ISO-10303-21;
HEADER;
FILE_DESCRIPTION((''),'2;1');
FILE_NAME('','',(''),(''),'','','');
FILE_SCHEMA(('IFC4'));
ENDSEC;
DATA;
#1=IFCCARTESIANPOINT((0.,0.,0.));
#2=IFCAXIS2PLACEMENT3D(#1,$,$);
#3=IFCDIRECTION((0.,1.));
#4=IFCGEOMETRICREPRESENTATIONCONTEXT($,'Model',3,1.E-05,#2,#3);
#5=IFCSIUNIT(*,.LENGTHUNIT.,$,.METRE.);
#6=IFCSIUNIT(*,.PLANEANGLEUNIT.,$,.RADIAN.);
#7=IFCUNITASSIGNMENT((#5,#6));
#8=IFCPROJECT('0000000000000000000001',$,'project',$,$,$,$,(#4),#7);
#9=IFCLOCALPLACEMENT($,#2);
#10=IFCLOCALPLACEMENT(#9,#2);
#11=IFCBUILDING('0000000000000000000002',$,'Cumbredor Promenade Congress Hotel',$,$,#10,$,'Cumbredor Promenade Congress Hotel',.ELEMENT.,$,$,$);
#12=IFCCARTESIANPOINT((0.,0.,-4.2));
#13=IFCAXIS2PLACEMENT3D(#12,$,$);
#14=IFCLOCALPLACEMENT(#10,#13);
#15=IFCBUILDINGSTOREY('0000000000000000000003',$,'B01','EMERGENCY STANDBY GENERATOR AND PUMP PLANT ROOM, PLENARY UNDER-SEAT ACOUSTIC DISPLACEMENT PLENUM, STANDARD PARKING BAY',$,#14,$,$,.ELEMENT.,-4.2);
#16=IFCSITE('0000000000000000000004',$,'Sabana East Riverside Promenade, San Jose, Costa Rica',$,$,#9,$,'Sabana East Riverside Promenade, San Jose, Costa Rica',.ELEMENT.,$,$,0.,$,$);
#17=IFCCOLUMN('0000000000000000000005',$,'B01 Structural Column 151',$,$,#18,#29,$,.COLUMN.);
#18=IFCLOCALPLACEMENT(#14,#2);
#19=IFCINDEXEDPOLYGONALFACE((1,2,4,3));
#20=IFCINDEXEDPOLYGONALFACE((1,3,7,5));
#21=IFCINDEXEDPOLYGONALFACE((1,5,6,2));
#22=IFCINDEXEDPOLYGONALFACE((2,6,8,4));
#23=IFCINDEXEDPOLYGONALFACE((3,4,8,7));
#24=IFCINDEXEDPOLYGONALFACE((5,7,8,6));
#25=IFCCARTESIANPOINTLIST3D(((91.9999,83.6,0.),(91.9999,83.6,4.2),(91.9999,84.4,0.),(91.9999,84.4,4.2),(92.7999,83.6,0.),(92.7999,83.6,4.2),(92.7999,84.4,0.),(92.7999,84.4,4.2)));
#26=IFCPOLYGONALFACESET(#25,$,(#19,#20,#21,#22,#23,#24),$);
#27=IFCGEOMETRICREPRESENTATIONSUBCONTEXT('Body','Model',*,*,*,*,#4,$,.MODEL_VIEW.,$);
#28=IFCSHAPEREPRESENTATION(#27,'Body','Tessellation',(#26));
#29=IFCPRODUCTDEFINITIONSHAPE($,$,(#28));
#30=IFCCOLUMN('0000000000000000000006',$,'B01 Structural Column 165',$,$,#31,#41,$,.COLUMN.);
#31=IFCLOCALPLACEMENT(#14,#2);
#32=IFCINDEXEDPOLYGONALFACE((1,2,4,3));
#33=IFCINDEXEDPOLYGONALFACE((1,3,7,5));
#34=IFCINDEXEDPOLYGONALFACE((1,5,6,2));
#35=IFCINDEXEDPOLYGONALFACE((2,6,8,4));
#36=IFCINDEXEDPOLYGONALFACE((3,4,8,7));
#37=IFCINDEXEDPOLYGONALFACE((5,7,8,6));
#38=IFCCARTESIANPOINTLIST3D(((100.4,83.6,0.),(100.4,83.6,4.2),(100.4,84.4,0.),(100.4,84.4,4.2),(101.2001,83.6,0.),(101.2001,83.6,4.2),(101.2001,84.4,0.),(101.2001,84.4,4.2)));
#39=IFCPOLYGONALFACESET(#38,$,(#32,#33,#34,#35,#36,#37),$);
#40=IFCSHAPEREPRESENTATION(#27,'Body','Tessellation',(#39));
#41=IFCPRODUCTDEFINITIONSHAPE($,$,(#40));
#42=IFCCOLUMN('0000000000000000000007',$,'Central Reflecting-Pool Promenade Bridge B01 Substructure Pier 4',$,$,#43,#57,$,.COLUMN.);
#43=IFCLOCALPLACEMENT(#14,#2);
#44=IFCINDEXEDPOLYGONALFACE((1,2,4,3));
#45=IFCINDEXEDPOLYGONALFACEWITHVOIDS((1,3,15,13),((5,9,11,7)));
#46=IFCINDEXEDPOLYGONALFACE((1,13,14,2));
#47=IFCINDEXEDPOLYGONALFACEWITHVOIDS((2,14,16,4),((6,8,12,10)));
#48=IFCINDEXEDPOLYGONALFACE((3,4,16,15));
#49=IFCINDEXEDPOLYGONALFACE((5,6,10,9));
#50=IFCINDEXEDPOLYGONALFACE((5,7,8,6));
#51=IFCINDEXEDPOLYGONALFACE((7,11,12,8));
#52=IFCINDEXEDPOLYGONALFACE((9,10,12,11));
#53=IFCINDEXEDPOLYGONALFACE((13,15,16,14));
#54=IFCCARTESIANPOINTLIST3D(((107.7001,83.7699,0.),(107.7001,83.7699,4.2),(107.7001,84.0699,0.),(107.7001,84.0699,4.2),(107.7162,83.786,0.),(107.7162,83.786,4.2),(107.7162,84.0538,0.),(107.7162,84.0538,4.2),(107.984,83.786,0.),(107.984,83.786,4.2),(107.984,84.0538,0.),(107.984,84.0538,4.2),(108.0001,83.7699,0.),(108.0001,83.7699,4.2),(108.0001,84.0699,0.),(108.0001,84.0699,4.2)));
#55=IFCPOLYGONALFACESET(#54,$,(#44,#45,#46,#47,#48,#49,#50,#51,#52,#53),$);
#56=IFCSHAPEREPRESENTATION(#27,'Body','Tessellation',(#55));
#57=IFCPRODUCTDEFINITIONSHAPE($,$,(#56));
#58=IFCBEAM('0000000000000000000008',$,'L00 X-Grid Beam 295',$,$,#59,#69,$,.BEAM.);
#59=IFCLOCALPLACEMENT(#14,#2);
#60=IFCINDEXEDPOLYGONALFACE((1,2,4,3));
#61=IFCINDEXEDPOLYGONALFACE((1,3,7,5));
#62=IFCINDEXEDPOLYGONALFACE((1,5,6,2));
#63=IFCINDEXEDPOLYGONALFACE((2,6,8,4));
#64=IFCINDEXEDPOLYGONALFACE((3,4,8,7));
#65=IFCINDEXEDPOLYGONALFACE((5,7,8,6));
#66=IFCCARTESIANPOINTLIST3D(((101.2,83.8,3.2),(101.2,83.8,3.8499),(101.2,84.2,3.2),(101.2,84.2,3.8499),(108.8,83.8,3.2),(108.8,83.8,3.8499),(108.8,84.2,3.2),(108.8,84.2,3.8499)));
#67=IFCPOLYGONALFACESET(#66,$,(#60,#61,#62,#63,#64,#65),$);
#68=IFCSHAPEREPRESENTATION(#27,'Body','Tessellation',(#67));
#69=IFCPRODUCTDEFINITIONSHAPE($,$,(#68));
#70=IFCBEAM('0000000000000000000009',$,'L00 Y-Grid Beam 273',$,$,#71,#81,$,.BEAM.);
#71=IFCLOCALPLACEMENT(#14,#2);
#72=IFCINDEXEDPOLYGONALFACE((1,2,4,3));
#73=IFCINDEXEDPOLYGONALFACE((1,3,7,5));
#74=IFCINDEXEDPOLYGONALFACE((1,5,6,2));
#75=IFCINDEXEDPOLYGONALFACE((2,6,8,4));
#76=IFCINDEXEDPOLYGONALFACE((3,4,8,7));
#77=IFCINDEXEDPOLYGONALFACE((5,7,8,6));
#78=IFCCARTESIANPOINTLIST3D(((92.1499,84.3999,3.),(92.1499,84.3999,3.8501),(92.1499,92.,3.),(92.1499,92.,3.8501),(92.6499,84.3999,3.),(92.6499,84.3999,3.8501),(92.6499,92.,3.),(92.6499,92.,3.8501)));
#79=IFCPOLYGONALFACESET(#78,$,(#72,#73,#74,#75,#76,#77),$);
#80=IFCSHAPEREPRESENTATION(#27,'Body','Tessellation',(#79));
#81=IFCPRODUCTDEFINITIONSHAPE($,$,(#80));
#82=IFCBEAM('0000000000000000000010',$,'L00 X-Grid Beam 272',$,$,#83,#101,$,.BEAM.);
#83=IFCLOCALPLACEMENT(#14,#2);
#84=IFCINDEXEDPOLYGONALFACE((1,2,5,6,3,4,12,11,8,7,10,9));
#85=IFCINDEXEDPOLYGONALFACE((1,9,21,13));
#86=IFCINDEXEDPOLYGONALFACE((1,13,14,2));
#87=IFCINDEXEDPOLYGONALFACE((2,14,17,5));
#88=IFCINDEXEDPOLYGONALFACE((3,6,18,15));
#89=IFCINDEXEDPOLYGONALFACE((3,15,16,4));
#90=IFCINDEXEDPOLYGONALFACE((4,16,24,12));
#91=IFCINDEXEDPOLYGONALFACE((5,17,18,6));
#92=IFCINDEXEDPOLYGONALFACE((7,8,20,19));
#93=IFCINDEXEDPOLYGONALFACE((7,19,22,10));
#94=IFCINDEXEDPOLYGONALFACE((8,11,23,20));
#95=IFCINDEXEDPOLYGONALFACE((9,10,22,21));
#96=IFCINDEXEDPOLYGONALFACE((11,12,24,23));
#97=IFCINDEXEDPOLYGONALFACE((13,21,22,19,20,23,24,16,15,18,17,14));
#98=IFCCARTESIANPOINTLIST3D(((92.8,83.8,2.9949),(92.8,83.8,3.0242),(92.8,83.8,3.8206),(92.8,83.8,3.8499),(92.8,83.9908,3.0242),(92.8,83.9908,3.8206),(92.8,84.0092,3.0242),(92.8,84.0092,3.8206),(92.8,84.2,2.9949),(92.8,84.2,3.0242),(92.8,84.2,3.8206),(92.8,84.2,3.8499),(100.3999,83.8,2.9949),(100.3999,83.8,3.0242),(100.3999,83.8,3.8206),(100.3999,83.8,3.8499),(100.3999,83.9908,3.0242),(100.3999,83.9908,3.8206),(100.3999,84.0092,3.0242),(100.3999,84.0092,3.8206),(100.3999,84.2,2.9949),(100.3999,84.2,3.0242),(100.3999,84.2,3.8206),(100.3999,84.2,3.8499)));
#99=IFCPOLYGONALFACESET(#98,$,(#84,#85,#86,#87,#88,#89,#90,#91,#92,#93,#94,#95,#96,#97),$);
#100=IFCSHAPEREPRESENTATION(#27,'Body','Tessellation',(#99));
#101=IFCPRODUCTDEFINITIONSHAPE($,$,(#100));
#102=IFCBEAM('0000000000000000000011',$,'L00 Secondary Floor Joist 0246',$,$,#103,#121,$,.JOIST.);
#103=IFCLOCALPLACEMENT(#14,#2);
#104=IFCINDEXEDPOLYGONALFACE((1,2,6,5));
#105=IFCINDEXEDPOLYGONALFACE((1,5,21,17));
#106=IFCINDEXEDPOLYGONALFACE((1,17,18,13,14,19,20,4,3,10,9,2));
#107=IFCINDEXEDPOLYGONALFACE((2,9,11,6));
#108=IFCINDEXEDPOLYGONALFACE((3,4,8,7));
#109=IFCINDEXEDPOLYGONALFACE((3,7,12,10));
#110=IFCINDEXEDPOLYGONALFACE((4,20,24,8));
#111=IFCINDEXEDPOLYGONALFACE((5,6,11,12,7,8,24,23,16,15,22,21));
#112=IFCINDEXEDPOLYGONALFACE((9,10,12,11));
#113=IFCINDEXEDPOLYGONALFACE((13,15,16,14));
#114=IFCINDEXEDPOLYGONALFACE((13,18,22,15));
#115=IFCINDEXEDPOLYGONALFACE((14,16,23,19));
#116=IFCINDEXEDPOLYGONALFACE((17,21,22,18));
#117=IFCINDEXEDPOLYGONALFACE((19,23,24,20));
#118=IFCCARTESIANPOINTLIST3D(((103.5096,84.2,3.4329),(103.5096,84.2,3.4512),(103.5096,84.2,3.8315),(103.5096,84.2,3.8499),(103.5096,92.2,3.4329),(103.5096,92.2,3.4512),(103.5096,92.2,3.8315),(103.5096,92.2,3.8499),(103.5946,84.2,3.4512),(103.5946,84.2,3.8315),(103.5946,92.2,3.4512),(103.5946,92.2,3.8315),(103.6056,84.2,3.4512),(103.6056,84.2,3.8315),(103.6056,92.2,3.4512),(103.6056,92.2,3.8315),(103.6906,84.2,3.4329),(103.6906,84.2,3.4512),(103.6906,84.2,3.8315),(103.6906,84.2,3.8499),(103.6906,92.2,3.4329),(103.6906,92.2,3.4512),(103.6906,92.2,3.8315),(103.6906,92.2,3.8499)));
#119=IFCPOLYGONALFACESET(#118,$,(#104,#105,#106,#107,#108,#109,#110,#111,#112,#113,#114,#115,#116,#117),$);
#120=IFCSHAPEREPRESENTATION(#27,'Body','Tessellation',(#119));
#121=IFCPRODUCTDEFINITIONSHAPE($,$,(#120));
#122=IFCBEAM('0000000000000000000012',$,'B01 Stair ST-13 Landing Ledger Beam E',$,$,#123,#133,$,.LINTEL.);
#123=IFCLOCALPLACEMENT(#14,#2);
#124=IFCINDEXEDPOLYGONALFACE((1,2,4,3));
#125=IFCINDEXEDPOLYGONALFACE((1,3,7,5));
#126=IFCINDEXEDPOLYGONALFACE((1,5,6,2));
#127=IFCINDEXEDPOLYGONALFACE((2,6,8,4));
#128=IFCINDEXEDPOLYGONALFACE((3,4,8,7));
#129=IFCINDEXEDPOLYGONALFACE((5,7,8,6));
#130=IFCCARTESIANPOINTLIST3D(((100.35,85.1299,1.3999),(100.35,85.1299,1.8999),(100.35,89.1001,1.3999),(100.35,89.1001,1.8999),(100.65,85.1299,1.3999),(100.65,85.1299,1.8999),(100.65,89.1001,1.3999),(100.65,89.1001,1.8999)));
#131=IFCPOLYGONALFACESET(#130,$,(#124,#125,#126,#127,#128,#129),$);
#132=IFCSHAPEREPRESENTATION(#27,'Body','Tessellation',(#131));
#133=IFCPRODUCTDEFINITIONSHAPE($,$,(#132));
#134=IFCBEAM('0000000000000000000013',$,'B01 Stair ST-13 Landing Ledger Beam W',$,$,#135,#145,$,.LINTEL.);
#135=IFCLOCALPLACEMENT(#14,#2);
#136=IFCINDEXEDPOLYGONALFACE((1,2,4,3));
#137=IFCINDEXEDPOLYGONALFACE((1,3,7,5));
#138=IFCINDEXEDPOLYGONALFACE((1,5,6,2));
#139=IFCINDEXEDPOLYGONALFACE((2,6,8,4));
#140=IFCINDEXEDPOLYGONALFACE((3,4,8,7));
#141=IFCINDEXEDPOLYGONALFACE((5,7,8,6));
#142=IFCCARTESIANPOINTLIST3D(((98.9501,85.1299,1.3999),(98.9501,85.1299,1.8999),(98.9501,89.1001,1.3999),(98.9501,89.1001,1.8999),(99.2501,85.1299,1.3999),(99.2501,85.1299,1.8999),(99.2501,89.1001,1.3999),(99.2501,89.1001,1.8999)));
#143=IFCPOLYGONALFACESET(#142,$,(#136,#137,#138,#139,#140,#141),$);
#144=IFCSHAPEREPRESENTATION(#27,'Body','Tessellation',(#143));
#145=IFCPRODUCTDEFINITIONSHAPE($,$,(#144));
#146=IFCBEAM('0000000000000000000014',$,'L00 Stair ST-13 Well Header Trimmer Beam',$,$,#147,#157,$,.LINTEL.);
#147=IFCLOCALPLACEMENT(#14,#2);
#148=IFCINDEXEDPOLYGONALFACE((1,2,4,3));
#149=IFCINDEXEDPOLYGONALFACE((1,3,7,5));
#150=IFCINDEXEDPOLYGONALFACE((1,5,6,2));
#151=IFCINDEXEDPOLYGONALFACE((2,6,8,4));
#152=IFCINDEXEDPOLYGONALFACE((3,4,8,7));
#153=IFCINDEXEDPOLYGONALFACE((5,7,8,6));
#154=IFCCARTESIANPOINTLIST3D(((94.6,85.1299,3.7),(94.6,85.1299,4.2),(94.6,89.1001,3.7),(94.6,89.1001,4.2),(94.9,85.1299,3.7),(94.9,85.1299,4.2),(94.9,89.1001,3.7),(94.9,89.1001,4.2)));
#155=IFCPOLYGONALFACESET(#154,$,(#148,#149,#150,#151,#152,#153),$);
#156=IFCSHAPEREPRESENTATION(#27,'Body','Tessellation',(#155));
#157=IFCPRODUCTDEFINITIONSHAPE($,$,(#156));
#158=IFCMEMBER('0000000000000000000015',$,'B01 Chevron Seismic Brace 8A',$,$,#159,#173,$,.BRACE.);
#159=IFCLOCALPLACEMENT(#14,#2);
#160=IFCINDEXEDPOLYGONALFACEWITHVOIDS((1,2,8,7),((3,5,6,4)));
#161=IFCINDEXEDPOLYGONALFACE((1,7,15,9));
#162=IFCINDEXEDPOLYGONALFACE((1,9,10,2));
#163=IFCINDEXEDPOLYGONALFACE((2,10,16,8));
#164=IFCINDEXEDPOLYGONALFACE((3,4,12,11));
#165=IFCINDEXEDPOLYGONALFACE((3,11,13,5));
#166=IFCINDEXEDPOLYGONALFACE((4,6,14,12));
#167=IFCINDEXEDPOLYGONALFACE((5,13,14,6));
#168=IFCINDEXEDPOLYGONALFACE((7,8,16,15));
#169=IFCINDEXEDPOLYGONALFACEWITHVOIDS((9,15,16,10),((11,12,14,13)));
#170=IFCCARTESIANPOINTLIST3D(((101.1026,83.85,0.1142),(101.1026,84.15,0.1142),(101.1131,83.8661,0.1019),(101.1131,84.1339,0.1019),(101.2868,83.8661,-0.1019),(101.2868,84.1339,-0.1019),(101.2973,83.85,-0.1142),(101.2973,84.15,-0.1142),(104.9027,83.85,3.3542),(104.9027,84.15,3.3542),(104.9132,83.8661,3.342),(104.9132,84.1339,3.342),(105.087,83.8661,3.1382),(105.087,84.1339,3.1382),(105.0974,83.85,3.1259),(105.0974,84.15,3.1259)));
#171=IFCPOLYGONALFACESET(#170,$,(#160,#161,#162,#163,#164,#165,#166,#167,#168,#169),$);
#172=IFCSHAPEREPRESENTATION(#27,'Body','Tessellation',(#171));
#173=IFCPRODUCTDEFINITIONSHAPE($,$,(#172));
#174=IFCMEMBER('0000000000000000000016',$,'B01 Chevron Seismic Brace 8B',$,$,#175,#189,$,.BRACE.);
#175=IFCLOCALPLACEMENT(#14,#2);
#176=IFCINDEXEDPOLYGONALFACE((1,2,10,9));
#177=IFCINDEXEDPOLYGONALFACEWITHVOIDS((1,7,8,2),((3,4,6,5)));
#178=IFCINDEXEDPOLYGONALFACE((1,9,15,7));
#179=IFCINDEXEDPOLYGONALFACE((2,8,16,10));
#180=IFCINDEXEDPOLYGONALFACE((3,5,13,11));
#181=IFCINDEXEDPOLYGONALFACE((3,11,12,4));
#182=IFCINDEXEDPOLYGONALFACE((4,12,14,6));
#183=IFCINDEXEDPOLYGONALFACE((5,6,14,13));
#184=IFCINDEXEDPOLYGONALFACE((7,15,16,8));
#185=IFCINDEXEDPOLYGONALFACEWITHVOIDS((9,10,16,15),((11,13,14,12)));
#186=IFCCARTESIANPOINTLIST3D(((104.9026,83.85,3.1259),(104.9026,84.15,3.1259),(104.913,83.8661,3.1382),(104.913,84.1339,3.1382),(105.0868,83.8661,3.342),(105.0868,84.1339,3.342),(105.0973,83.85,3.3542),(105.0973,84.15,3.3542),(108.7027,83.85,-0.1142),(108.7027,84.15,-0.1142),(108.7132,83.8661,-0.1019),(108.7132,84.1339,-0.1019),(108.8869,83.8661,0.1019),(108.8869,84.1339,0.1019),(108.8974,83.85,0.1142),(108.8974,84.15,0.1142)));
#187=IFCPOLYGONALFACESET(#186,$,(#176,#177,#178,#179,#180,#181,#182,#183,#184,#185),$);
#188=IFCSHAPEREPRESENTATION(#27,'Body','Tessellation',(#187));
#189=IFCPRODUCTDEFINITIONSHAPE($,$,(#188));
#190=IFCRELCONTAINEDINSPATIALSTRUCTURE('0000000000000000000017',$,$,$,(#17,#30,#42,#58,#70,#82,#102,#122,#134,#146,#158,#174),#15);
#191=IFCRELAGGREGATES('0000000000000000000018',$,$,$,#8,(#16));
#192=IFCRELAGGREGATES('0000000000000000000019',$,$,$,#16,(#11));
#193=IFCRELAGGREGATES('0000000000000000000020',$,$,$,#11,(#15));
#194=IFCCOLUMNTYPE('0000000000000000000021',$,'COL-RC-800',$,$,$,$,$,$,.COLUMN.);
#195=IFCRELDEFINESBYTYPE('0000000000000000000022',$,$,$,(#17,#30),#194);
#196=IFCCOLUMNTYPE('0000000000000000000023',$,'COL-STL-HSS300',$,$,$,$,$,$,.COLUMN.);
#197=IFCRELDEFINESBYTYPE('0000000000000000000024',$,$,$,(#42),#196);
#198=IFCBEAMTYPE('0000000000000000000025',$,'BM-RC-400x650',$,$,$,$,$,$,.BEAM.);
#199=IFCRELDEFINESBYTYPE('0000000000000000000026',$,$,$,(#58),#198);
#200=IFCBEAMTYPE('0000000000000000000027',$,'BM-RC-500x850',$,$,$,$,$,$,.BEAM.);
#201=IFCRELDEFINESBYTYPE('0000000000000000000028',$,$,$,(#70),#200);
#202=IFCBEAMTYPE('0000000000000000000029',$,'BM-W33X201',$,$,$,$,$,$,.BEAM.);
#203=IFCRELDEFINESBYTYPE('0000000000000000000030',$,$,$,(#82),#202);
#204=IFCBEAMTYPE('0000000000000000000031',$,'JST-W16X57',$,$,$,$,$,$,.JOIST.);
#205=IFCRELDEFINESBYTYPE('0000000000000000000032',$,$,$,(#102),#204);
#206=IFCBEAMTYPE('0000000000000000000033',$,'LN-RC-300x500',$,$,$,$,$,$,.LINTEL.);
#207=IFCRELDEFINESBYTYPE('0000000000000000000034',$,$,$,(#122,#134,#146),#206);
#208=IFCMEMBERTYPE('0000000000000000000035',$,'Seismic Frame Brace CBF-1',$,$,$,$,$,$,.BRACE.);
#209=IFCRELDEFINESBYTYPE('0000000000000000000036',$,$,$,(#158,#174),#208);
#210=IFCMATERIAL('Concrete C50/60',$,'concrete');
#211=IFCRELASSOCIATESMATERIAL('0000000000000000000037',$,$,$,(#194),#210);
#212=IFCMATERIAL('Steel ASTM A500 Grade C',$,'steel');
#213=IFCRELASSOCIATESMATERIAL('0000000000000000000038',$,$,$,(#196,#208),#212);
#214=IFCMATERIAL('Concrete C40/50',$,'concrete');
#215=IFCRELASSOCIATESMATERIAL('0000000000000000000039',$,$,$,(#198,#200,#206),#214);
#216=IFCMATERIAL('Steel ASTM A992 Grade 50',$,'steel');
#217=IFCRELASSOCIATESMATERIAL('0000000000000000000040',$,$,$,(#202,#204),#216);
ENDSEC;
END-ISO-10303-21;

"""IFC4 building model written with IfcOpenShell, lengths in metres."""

from ifc_helpers import new_model, si_unit, direction, frame, origin, origin_2d, place, context, subcontext, project, spatial, rectangle, hollow_rectangle, i_section, extrude, material, material_profile, profile_set, type_object, element, save


model = new_model("IFC4")

# Units and contexts
model_context = context("Model", 3, precision=1e-05, world=origin(), true_north=direction((0.0, 1.0)))
body_context = subcontext(model_context, "Body", "Model", "MODEL_VIEW")
ifc_project = project(units=[si_unit("LENGTHUNIT", "METRE"), si_unit("PLANEANGLEUNIT", "RADIAN")], contexts=[model_context])

# Site, building, storey
site_placement = place(None, origin())
site = spatial("IfcSite", under=ifc_project, at=site_placement, Name="Sabana East Riverside Promenade, San Jose, Costa Rica", LongName="Sabana East Riverside Promenade, San Jose, Costa Rica", CompositionType="ELEMENT", RefElevation=0.0)
building_placement = place(site_placement, origin())
building = spatial("IfcBuilding", under=site, at=building_placement, Name="Cumbredor Promenade Congress Hotel", LongName="Cumbredor Promenade Congress Hotel", CompositionType="ELEMENT")
storey_placement = place(building_placement, frame((0.0, 0.0, -4.2)))
storey = spatial("IfcBuildingStorey", under=building, at=storey_placement, Name="B01", Description="EMERGENCY STANDBY GENERATOR AND PUMP PLANT ROOM, PLENARY UNDER-SEAT ACOUSTIC DISPLACEMENT PLENUM, STANDARD PARKING BAY", CompositionType="ELEMENT", Elevation=-4.2)

# Columns
ifc_material_1 = material(Name="Concrete C50/60", Category="concrete")
ifc_material_profile_1 = material_profile(ifc_material_1, rectangle(XDim=0.8, YDim=0.8, at=origin_2d()), Name="RC 800x800")
ifc_profile_set_1 = profile_set([ifc_material_profile_1], Name="Concrete C50/60")
column_type_1 = type_object("IfcColumnType", Name="COL-RC-800", PredefinedType="COLUMN", material=ifc_profile_set_1)
for number, where, z_axis, x_axis, name in (
    (1, (92.3999, 84.0, 0.0), (0.0, 0.0, 1.0), (1.0, 0.0, 0.0), "B01 Structural Column 151"),
    (2, (100.8, 84.0, 0.0), (0.0, 0.0, 1.0), (1.0, 0.0, 0.0), "B01 Structural Column 165"),
):
    element("IfcColumn", number, at=place(storey_placement, frame(where, z_axis=z_axis, x_axis=x_axis)), inside=storey, type_object=column_type_1, Name=name, PredefinedType="COLUMN", context=body_context, shape_type="SweptSolid", body=[
        extrude(rectangle(XDim=0.8, YDim=0.8, at=origin_2d()), origin(), (0.0, 0.0, 1.0), 4.2),
    ])
ifc_material_2 = material(Name="Steel ASTM A500 Grade C", Category="steel")
ifc_material_profile_2 = material_profile(ifc_material_2, hollow_rectangle(XDim=0.3, YDim=0.3, WallThickness=0.0161, at=origin_2d()), Name="HSS 300x300x16")
ifc_profile_set_2 = profile_set([ifc_material_profile_2], Name="Steel ASTM A500 Grade C")
column_type_2 = type_object("IfcColumnType", Name="COL-STL-HSS300", PredefinedType="COLUMN", material=ifc_profile_set_2)
column_placement = place(storey_placement, frame((107.8501, 83.9199, 0.0), z_axis=(0.0, 0.0, 1.0), x_axis=(1.0, 0.0, 0.0)))
element("IfcColumn", 3, at=column_placement, inside=storey, type_object=column_type_2, Name="Central Reflecting-Pool Promenade Bridge B01 Substructure Pier 4", PredefinedType="COLUMN", context=body_context, shape_type="SweptSolid", body=[
    extrude(hollow_rectangle(XDim=0.3, YDim=0.3, WallThickness=0.0161, at=origin_2d()), origin(), (0.0, 0.0, 1.0), 4.2),
])

# Beams
ifc_material_3 = material(Name="Concrete C40/50", Category="concrete")
ifc_material_profile_3 = material_profile(ifc_material_3, rectangle(XDim=0.3999, YDim=0.6499, at=origin_2d()), Name="RC BEAM 400x650")
ifc_profile_set_3 = profile_set([ifc_material_profile_3], Name="Concrete C40/50")
beam_type_1 = type_object("IfcBeamType", Name="BM-RC-400x650", PredefinedType="BEAM", material=ifc_profile_set_3)
beam_1_placement = place(storey_placement, frame((101.2, 84.0, 3.5249), z_axis=(1.0, 0.0, 0.0), x_axis=(0.0, 1.0, 0.0)))
element("IfcBeam", 4, at=beam_1_placement, inside=storey, type_object=beam_type_1, Name="L00 X-Grid Beam 295", PredefinedType="BEAM", context=body_context, shape_type="SweptSolid", body=[
    extrude(rectangle(XDim=0.3999, YDim=0.6499, at=origin_2d()), origin(), (0.0, 0.0, 1.0), 7.6001),
])
ifc_material_profile_4 = material_profile(ifc_material_3, rectangle(XDim=0.5, YDim=0.8501, at=origin_2d()), Name="RC BEAM 500x850")
ifc_profile_set_4 = profile_set([ifc_material_profile_4], Name="Concrete C40/50")
beam_type_2 = type_object("IfcBeamType", Name="BM-RC-500x850", PredefinedType="BEAM", material=ifc_profile_set_4)
beam_2_placement = place(storey_placement, frame((92.3999, 84.3999, 3.425), z_axis=(0.0, 1.0, 0.0), x_axis=(-1.0, 0.0, 0.0)))
element("IfcBeam", 5, at=beam_2_placement, inside=storey, type_object=beam_type_2, Name="L00 Y-Grid Beam 273", PredefinedType="BEAM", context=body_context, shape_type="SweptSolid", body=[
    extrude(rectangle(XDim=0.5, YDim=0.8501, at=origin_2d()), origin(), (0.0, 0.0, 1.0), 7.6001),
])
ifc_material_4 = material(Name="Steel ASTM A992 Grade 50", Category="steel")
ifc_material_profile_5 = material_profile(ifc_material_4, i_section(OverallWidth=0.3999, OverallDepth=0.855, WebThickness=0.0183, FlangeThickness=0.0293, at=origin_2d()), Name="W33X201")
ifc_profile_set_5 = profile_set([ifc_material_profile_5], Name="Steel ASTM A992 Grade 50")
beam_type_3 = type_object("IfcBeamType", Name="BM-W33X201", PredefinedType="BEAM", material=ifc_profile_set_5)
beam_3_placement = place(storey_placement, frame((92.8, 84.0, 3.4224), z_axis=(1.0, 0.0, 0.0), x_axis=(0.0, 1.0, 0.0)))
element("IfcBeam", 6, at=beam_3_placement, inside=storey, type_object=beam_type_3, Name="L00 X-Grid Beam 272", PredefinedType="BEAM", context=body_context, shape_type="SweptSolid", body=[
    extrude(i_section(OverallWidth=0.3999, OverallDepth=0.855, WebThickness=0.0183, FlangeThickness=0.0293, at=origin_2d()), origin(), (0.0, 0.0, 1.0), 7.5999),
])
ifc_material_profile_6 = material_profile(ifc_material_4, i_section(OverallWidth=0.1809, OverallDepth=0.417, WebThickness=0.011, FlangeThickness=0.0183, at=origin_2d()), Name="W16X57")
ifc_profile_set_6 = profile_set([ifc_material_profile_6], Name="Steel ASTM A992 Grade 50")
beam_type_4 = type_object("IfcBeamType", Name="JST-W16X57", PredefinedType="JOIST", material=ifc_profile_set_6)
beam_4_placement = place(storey_placement, frame((103.6001, 84.2, 3.6414), z_axis=(0.0, 1.0, 0.0), x_axis=(-1.0, 0.0, 0.0)))
element("IfcBeam", 7, at=beam_4_placement, inside=storey, type_object=beam_type_4, Name="L00 Secondary Floor Joist 0246", PredefinedType="JOIST", context=body_context, shape_type="SweptSolid", body=[
    extrude(i_section(OverallWidth=0.1809, OverallDepth=0.417, WebThickness=0.011, FlangeThickness=0.0183, at=origin_2d()), origin(), (0.0, 0.0, 1.0), 8.0),
])
ifc_material_profile_7 = material_profile(ifc_material_3, rectangle(XDim=0.3, YDim=0.5, at=origin_2d()), Name="RC LINTEL 300x500")
ifc_profile_set_7 = profile_set([ifc_material_profile_7], Name="Concrete C40/50")
beam_type_5 = type_object("IfcBeamType", Name="LN-RC-300x500", PredefinedType="LINTEL", material=ifc_profile_set_7)
for number, where, z_axis, x_axis, name in (
    (8, (100.5, 85.1299, 1.6499), (0.0, 1.0, 0.0), (-1.0, 0.0, 0.0), "B01 Stair ST-13 Landing Ledger Beam E"),
    (9, (99.1001, 85.1299, 1.6499), (0.0, 1.0, 0.0), (-1.0, 0.0, 0.0), "B01 Stair ST-13 Landing Ledger Beam W"),
    (10, (94.75, 85.1299, 3.95), (0.0, 1.0, 0.0), (-1.0, 0.0, 0.0), "L00 Stair ST-13 Well Header Trimmer Beam"),
):
    element("IfcBeam", number, at=place(storey_placement, frame(where, z_axis=z_axis, x_axis=x_axis)), inside=storey, type_object=beam_type_5, Name=name, PredefinedType="LINTEL", context=body_context, shape_type="SweptSolid", body=[
        extrude(rectangle(XDim=0.3, YDim=0.5, at=origin_2d()), origin(), (0.0, 0.0, 1.0), 3.9702),
    ])

# Members
ifc_material_profile_8 = material_profile(ifc_material_2, hollow_rectangle(XDim=0.3, YDim=0.3, WallThickness=0.0161, at=origin_2d()), Name="HSS 300x300x16")
ifc_profile_set_8 = profile_set([ifc_material_profile_8], Name="Steel ASTM A500 Grade C")
member_type = type_object("IfcMemberType", Name="Seismic Frame Brace CBF-1", PredefinedType="BRACE", material=ifc_profile_set_8)
for number, where, z_axis, x_axis, name in (
    (11, (101.2, 84.0, 0.0), (0.760955, 0.0, 0.648804), (0.0, 1.0, 0.0), "B01 Chevron Seismic Brace 8A"),
    (12, (108.8, 84.0, 0.0), (-0.760955, 0.0, 0.648804), (0.0, -1.0, 0.0), "B01 Chevron Seismic Brace 8B"),
):
    element("IfcMember", number, at=place(storey_placement, frame(where, z_axis=z_axis, x_axis=x_axis)), inside=storey, type_object=member_type, Name=name, PredefinedType="BRACE", context=body_context, shape_type="SweptSolid", body=[
        extrude(hollow_rectangle(XDim=0.3, YDim=0.3, WallThickness=0.0161, at=origin_2d()), origin(), (0.0, 0.0, 1.0), 4.9939),
    ])

save(model, "model.ifc")
